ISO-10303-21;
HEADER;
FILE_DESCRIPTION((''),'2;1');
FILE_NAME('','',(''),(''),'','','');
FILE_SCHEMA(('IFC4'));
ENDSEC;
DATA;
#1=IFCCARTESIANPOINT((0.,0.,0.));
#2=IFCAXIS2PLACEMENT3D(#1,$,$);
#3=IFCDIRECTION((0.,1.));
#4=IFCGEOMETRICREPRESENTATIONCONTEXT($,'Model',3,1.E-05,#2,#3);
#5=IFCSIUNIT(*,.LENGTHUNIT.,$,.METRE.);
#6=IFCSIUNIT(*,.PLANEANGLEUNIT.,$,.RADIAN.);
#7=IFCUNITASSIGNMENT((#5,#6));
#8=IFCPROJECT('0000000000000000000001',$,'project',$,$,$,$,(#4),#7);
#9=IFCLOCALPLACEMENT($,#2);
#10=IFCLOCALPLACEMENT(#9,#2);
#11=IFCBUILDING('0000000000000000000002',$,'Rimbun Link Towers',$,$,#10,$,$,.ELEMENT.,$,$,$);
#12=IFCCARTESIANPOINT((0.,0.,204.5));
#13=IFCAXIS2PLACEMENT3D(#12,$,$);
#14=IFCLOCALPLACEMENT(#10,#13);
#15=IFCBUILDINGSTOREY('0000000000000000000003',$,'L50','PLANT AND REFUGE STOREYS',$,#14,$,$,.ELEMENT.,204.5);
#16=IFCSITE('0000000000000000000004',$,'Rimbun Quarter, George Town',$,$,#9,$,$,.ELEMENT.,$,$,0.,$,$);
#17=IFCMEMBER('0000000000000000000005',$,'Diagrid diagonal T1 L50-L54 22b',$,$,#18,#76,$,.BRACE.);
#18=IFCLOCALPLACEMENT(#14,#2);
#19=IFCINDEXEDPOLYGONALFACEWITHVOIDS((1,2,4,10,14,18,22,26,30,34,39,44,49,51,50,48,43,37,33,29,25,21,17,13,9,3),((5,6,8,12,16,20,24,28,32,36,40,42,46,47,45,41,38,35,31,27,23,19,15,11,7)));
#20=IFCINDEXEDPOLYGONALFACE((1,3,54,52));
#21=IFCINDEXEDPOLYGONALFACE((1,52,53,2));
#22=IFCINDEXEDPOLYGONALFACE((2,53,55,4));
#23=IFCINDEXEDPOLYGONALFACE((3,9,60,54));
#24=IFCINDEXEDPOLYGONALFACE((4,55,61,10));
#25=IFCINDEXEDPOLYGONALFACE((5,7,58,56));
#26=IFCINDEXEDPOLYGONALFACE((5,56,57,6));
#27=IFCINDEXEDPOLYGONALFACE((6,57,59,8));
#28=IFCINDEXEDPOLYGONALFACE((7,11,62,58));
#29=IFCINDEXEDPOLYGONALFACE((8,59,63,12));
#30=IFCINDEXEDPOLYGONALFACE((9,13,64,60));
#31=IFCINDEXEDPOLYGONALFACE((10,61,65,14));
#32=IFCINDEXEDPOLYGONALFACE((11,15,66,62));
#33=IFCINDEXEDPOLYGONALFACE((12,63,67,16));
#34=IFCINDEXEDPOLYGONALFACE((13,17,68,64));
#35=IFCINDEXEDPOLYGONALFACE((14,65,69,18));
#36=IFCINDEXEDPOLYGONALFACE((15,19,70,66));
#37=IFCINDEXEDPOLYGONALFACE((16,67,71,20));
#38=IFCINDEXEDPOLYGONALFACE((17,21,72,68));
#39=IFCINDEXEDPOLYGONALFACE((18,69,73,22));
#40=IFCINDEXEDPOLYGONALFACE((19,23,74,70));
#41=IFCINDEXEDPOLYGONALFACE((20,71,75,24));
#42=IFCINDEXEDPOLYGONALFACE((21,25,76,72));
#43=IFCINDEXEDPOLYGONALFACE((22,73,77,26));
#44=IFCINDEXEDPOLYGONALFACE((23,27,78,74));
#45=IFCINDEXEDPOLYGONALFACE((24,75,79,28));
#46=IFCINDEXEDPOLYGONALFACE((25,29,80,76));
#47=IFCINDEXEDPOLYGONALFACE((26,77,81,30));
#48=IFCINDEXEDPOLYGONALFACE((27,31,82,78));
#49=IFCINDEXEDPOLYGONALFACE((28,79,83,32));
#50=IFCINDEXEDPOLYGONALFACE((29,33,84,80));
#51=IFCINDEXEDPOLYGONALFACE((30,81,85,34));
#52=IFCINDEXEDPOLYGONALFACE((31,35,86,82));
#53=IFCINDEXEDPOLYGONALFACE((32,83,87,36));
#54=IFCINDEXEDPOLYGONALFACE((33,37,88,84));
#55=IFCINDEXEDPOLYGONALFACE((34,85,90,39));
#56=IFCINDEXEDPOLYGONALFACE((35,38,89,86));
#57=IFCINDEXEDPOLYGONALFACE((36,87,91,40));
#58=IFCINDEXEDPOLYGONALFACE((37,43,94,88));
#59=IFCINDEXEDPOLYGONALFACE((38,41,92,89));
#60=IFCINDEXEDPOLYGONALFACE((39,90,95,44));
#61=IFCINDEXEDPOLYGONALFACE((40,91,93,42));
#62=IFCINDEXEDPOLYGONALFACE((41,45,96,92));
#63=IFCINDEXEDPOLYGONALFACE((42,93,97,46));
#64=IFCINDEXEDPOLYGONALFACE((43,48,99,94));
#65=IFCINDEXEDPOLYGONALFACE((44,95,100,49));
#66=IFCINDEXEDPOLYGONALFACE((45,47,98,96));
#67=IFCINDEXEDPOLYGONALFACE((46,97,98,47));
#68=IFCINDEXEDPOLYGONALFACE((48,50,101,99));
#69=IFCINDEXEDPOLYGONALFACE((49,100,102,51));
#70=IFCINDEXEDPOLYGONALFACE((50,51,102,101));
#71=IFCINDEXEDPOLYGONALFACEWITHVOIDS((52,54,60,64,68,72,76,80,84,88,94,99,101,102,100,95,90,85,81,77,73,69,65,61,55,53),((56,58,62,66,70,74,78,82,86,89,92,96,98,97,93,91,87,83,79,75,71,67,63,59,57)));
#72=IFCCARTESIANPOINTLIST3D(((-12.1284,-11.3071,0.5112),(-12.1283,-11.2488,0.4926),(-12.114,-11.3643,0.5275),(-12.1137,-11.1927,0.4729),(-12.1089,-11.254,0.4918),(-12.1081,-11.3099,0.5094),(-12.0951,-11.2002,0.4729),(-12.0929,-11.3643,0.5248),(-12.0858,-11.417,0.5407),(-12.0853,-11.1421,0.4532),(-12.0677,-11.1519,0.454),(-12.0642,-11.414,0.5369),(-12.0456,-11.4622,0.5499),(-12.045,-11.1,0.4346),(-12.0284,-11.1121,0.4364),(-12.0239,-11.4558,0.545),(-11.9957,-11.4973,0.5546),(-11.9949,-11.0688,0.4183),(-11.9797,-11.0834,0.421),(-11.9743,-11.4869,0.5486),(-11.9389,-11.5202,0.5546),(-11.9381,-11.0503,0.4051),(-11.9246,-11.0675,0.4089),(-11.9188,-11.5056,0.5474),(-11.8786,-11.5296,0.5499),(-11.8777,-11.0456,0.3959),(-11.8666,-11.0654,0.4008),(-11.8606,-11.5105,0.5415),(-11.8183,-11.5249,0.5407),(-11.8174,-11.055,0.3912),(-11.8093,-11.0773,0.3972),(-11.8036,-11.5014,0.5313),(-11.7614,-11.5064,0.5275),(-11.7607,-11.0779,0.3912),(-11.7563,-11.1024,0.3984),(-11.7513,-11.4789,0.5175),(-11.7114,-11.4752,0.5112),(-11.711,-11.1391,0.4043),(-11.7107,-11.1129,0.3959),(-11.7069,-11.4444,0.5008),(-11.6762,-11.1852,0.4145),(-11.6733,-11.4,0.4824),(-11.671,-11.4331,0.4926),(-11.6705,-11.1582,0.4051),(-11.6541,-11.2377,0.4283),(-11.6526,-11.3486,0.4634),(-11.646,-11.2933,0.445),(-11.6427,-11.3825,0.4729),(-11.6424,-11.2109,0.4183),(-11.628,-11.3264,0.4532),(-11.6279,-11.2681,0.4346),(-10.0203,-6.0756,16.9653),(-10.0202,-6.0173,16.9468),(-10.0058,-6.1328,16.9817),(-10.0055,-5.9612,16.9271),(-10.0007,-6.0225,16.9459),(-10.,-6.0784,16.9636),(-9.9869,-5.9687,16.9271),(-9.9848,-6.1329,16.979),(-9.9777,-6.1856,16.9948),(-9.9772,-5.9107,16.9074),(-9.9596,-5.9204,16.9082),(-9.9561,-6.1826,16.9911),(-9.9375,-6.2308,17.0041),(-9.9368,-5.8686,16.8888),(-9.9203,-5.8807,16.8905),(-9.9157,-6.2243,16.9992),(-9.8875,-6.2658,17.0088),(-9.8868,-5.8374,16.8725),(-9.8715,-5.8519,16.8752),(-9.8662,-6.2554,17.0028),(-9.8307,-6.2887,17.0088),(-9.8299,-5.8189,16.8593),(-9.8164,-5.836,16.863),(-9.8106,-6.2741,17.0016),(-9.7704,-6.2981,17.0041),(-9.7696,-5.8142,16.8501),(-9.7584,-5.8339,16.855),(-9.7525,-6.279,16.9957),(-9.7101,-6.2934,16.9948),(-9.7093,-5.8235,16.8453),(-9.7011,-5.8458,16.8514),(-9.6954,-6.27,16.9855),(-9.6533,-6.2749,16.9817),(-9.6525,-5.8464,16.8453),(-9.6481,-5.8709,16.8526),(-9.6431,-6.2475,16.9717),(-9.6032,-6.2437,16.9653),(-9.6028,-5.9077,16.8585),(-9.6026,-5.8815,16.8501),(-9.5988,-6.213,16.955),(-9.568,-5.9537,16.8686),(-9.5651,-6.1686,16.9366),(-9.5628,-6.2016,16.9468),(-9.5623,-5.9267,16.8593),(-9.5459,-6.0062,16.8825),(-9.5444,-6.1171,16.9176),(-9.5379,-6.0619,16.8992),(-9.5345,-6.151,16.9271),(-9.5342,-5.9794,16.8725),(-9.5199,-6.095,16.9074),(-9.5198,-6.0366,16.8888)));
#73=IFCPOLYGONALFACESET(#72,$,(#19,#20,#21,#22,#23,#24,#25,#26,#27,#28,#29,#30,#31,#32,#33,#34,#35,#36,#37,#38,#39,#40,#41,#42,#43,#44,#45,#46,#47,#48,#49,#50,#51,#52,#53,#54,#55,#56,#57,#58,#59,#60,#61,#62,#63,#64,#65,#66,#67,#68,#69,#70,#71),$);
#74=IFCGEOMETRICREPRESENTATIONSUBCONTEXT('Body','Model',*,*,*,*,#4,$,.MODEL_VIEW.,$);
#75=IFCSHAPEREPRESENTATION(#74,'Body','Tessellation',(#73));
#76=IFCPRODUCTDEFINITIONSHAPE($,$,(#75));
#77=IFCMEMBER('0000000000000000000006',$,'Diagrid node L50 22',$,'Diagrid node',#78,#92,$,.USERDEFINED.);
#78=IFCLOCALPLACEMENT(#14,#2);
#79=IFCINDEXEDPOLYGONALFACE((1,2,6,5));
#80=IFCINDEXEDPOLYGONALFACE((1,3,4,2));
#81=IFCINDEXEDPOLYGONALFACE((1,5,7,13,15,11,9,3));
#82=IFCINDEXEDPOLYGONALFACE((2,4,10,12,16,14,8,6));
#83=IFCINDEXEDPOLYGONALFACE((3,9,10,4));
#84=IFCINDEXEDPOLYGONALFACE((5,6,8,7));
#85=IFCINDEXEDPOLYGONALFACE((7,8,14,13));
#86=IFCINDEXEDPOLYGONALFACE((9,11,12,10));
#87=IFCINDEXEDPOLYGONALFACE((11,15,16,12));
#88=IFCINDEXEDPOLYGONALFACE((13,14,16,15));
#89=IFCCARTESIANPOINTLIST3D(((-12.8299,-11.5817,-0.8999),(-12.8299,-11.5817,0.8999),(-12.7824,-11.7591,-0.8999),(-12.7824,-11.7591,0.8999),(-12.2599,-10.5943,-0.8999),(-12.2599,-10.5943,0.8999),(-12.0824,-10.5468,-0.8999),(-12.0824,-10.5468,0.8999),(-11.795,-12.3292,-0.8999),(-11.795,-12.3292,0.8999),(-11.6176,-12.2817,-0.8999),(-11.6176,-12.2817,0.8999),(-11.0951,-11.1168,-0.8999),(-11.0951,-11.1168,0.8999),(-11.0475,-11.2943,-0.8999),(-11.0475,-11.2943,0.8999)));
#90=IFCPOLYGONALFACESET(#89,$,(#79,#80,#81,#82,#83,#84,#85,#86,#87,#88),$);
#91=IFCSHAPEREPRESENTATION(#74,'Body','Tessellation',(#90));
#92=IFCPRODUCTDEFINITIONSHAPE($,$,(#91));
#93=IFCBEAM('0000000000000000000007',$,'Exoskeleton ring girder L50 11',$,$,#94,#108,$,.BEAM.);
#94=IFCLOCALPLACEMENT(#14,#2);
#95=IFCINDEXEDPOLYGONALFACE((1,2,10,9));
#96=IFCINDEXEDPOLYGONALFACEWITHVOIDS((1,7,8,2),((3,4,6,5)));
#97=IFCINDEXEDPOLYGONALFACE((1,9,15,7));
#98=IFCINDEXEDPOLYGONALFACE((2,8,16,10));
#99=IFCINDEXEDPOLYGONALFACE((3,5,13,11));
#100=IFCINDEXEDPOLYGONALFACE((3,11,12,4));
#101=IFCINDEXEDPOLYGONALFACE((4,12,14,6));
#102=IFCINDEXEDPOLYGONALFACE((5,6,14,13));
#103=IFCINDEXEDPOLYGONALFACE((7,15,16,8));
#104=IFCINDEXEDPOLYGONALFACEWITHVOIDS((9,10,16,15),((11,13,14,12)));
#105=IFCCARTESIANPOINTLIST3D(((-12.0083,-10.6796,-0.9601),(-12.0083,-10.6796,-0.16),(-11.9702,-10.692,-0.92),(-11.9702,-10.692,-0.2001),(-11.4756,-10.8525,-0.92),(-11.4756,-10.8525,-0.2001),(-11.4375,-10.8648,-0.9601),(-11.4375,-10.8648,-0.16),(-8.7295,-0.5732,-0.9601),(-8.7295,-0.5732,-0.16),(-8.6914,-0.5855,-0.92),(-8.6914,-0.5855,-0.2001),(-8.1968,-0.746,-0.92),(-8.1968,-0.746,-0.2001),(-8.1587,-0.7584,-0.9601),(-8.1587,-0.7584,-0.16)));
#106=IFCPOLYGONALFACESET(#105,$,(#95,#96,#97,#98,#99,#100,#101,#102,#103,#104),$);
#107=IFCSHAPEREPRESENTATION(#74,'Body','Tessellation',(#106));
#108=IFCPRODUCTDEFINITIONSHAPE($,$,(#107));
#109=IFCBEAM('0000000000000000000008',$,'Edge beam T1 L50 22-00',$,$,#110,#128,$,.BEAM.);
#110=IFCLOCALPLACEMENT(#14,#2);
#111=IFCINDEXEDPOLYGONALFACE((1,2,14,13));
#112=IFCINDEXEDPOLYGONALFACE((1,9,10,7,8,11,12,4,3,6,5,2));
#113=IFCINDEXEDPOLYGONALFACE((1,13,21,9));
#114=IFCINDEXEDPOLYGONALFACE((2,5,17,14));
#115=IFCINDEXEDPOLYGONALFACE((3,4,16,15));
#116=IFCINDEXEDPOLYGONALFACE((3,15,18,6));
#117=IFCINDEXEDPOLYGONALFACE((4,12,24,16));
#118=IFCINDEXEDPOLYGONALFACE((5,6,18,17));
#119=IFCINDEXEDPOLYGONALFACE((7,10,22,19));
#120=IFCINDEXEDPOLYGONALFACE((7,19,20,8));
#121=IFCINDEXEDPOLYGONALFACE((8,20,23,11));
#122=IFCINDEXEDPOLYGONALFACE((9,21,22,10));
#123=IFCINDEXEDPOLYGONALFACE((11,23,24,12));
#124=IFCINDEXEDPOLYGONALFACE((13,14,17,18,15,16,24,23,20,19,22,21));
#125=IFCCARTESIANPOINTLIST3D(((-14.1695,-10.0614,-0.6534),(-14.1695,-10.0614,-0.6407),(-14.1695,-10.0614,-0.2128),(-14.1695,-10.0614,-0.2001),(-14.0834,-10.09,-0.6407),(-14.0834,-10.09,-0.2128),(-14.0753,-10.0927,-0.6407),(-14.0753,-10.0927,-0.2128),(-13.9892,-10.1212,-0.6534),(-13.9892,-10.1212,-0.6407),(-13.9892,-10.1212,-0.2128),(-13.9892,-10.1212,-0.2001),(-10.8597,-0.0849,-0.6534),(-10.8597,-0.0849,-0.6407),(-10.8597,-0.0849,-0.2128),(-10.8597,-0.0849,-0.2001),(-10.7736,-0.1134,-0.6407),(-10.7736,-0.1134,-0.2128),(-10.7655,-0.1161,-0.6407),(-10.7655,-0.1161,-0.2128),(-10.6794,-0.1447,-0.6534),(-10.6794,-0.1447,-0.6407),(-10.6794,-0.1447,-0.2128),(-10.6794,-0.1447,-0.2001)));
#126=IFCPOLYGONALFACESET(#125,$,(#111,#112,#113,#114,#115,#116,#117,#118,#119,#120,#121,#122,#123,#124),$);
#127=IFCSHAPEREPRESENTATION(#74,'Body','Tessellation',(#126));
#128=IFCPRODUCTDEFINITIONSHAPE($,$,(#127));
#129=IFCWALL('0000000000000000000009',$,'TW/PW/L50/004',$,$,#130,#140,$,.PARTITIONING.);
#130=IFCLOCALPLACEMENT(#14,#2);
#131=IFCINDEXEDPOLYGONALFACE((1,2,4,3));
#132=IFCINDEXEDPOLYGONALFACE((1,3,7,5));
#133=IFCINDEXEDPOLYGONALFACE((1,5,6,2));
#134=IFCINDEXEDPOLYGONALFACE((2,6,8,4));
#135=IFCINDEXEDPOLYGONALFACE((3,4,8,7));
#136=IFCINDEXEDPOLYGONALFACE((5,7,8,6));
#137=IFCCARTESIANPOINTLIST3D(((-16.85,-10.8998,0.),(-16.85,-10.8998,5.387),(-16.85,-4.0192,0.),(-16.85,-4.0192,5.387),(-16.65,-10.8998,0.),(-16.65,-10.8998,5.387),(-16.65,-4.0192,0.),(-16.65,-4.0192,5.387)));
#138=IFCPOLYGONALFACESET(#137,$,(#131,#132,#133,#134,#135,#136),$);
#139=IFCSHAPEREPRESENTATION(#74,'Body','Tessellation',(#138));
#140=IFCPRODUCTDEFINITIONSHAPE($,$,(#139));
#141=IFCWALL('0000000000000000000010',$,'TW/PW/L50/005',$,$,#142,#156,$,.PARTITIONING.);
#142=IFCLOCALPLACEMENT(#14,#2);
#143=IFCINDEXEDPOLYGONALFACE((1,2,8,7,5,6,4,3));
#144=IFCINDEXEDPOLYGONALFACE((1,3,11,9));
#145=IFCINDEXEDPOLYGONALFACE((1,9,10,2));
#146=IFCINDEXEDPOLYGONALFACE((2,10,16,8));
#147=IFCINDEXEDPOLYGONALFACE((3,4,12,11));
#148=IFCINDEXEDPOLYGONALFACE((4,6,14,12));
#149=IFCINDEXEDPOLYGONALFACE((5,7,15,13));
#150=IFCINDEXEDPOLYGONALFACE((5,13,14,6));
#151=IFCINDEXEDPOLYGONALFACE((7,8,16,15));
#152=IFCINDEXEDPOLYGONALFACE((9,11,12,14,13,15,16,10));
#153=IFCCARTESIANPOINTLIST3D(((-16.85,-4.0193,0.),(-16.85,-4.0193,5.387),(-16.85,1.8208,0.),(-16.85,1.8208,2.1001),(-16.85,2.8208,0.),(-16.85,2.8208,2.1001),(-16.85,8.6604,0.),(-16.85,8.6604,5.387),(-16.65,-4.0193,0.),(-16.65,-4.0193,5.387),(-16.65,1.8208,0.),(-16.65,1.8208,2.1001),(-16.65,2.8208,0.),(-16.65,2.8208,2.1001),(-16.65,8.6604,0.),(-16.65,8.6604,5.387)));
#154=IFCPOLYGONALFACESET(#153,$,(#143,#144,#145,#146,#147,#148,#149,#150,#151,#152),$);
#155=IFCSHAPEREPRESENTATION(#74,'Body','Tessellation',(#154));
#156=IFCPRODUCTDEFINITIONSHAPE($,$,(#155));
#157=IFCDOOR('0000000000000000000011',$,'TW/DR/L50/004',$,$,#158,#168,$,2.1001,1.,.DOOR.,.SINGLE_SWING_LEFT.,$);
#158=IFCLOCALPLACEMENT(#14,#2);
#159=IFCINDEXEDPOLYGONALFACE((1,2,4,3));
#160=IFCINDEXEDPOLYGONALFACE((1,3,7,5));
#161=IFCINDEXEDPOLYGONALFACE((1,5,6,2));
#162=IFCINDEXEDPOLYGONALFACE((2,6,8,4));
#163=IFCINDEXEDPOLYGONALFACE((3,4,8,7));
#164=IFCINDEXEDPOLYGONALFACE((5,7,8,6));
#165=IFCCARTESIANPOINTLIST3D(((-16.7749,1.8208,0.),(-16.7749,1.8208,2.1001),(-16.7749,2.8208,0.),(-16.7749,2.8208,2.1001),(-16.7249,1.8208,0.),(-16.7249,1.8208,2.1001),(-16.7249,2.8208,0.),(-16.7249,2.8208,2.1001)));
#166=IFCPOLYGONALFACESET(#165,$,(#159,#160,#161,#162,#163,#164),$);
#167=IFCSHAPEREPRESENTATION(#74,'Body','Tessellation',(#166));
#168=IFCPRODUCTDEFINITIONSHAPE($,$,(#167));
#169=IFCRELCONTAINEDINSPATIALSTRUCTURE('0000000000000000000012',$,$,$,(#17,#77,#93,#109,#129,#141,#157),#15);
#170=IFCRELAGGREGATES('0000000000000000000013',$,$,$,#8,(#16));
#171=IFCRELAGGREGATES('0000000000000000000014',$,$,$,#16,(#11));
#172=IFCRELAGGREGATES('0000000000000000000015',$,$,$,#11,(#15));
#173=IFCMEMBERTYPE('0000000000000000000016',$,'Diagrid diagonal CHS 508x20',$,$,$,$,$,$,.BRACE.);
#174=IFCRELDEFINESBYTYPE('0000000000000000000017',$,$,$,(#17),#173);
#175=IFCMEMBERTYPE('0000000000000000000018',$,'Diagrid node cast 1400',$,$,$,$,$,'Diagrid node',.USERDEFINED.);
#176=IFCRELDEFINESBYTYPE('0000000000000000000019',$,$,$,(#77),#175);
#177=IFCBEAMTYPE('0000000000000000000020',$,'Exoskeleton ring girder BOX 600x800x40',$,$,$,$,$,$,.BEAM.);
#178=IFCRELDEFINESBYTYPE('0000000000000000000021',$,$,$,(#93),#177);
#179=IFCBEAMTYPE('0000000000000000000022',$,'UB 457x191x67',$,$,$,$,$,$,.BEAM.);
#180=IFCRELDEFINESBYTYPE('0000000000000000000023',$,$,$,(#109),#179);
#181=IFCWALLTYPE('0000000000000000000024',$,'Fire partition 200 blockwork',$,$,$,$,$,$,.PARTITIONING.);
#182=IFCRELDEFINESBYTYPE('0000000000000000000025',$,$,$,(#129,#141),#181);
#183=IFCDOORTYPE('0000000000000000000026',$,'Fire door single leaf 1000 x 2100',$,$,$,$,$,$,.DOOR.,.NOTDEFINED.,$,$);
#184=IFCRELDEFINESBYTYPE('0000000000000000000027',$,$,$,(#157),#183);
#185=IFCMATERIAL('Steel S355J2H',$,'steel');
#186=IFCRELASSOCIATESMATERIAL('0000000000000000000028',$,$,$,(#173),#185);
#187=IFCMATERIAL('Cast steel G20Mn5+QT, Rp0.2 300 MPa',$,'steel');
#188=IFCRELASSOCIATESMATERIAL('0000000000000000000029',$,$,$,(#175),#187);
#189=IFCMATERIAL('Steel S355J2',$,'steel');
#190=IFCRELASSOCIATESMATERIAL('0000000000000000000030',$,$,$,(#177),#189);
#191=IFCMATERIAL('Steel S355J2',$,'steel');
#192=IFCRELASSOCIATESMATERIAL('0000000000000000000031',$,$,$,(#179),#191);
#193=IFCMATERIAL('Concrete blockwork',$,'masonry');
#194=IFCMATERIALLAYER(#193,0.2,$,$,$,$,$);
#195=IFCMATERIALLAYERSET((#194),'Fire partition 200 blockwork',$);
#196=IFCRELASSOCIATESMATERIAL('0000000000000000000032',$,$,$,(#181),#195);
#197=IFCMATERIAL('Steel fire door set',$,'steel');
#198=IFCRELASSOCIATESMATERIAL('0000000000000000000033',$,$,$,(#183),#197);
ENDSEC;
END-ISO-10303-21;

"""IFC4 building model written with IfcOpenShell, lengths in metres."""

from ifc_helpers import new_model, si_unit, direction, frame, frame_2d, origin, origin_2d, place, context, subcontext, project, spatial, polyline, rectangle, hollow_rectangle, hollow_circle, i_section, outline, extrude, material, layer, layer_set, material_profile, profile_set, type_object, element, fill, save


model = new_model("IFC4")

# Units and contexts
model_context = context("Model", 3, precision=1e-05, world=origin(), true_north=direction((0.0, 1.0)))
body_context = subcontext(model_context, "Body", "Model", "MODEL_VIEW")
ifc_project = project(units=[si_unit("LENGTHUNIT", "METRE"), si_unit("PLANEANGLEUNIT", "RADIAN")], contexts=[model_context])

# Site, building, storey
site_placement = place(None, origin())
site = spatial("IfcSite", under=ifc_project, at=site_placement, Name="Rimbun Quarter, George Town", CompositionType="ELEMENT", RefElevation=0.0)
building_placement = place(site_placement, origin())
building = spatial("IfcBuilding", under=site, at=building_placement, Name="Rimbun Link Towers", CompositionType="ELEMENT")
storey_placement = place(building_placement, frame((0.0, 0.0, 204.5)))
storey = spatial("IfcBuildingStorey", under=building, at=storey_placement, Name="L50", Description="PLANT AND REFUGE STOREYS", CompositionType="ELEMENT", Elevation=204.5)

# Members
ifc_material_1 = material(Name="Steel S355J2H", Category="steel")
ifc_material_profile_1 = material_profile(ifc_material_1, hollow_circle(Radius=0.2539, WallThickness=0.02, at=origin_2d()), Name="Diagrid diagonal CHS 508x20")
ifc_profile_set_1 = profile_set([ifc_material_profile_1], Name="Steel S355J2H")
member_type_1 = type_object("IfcMemberType", Name="Diagrid diagonal CHS 508x20", PredefinedType="BRACE", material=ifc_profile_set_1)
member_1_placement = place(storey_placement, frame((-11.8782, -11.2876, 0.4729), z_axis=(0.1212, 0.300762, 0.945966), x_axis=(-0.927521, 0.37377, 0.0)))
element("IfcMember", 1, at=member_1_placement, inside=storey, type_object=member_type_1, Name="Diagrid diagonal T1 L50-L54 22b", PredefinedType="BRACE", context=body_context, shape_type="SweptSolid", body=[
    extrude(hollow_circle(Radius=0.2539, WallThickness=0.02, at=origin_2d()), origin(), (0.0, 0.0, 1.0), 17.394),
])
ifc_material_2 = material(Name="Cast steel G20Mn5+QT, Rp0.2 300 MPa", Category="steel")
ifc_material_profile_2 = material_profile(ifc_material_2, outline(polyline([(0.7, -0.5701), (0.7, 0.5701), (0.5701, 0.7), (-0.5701, 0.7), (-0.7, 0.5701), (-0.7, -0.5701), (-0.5701, -0.7), (0.5701, -0.7), (0.7, -0.5701)])), Name="NODE 1400x1400")
ifc_profile_set_2 = profile_set([ifc_material_profile_2], Name="Cast steel G20Mn5+QT, Rp0.2 300 MPa")
member_type_2 = type_object("IfcMemberType", Name="Diagrid node cast 1400", ElementType="Diagrid node", PredefinedType="USERDEFINED", material=ifc_profile_set_2)
member_2_placement = place(storey_placement, frame((-11.9387, -11.438, -0.8999), z_axis=(0.0, 0.0, 1.0), x_axis=(0.866025, -0.5, 0.0)))
element("IfcMember", 2, at=member_2_placement, inside=storey, type_object=member_type_2, Name="Diagrid node L50 22", ObjectType="Diagrid node", PredefinedType="USERDEFINED", context=body_context, shape_type="SweptSolid", body=[
    extrude(outline(polyline([(0.7, -0.5701), (0.7, 0.5701), (0.5701, 0.7), (-0.5701, 0.7), (-0.7, 0.5701), (-0.7, -0.5701), (-0.5701, -0.7), (0.5701, -0.7), (0.7, -0.5701)])), origin(), (0.0, 0.0, 1.0), 1.7998),
])

# Beams
ifc_material_3 = material(Name="Steel S355J2", Category="steel")
ifc_material_profile_3 = material_profile(ifc_material_3, hollow_rectangle(XDim=0.6001, YDim=0.8, WallThickness=0.04, at=origin_2d()), Name="Exoskeleton ring girder BOX 600x800x40")
ifc_profile_set_3 = profile_set([ifc_material_profile_3], Name="Steel S355J2")
beam_type_1 = type_object("IfcBeamType", Name="Exoskeleton ring girder BOX 600x800x40", PredefinedType="BEAM", material=ifc_profile_set_3)
beam_1_placement = place(storey_placement, frame((-11.7229, -10.7722, -0.5601), z_axis=(0.308593, 0.951194, 0.0), x_axis=(-0.951194, 0.308593, 0.0)))
element("IfcBeam", 3, at=beam_1_placement, inside=storey, type_object=beam_type_1, Name="Exoskeleton ring girder L50 11", PredefinedType="BEAM", context=body_context, shape_type="SweptSolid", body=[
    extrude(hollow_rectangle(XDim=0.6001, YDim=0.8, WallThickness=0.04, at=origin_2d()), origin(), (0.0, 0.0, 1.0), 10.625),
])
ifc_material_4 = material(Name="Steel S355J2", Category="steel")
ifc_material_profile_4 = material_profile(ifc_material_4, i_section(OverallWidth=0.1899, OverallDepth=0.4534, WebThickness=0.0085, FlangeThickness=0.0127, at=origin_2d()), Name="UB 457x191x67")
ifc_profile_set_4 = profile_set([ifc_material_profile_4], Name="Steel S355J2")
beam_type_2 = type_object("IfcBeamType", Name="UB 457x191x67", PredefinedType="BEAM", material=ifc_profile_set_4)
beam_2_placement = place(storey_placement, frame((-14.0793, -10.0913, -0.4268), z_axis=(0.314883, 0.949131, 0.0), x_axis=(-0.949131, 0.314883, 0.0)))
element("IfcBeam", 4, at=beam_2_placement, inside=storey, type_object=beam_type_2, Name="Edge beam T1 L50 22-00", PredefinedType="BEAM", context=body_context, shape_type="SweptSolid", body=[
    extrude(i_section(OverallWidth=0.1899, OverallDepth=0.4534, WebThickness=0.0085, FlangeThickness=0.0127, at=origin_2d()), origin(), (0.0, 0.0, 1.0), 10.5112),
])

# Wall
ifc_material_5 = material(Name="Concrete blockwork", Category="masonry")
ifc_layer = layer(ifc_material_5, 0.2)
ifc_layer_set = layer_set([ifc_layer], Name="Fire partition 200 blockwork")
wall_type = type_object("IfcWallType", Name="Fire partition 200 blockwork", PredefinedType="PARTITIONING", material=ifc_layer_set)
wall_1_placement = place(storey_placement, frame((-16.75, -10.8999, 0.0), z_axis=(0.0, 0.0, 1.0), x_axis=(0.0, 1.0, 0.0)))
element("IfcWall", 5, at=wall_1_placement, inside=storey, type_object=wall_type, Name="TW/PW/L50/004", PredefinedType="PARTITIONING", context=body_context, shape_type="SweptSolid", body=[
    extrude(rectangle(XDim=6.8806, YDim=0.2, at=frame_2d((3.4404, 0.0))), origin(), (0.0, 0.0, 1.0), 5.387),
])

# Wall, opening, door
wall_2_placement = place(storey_placement, frame((-16.75, -4.0193, 0.0), z_axis=(0.0, 0.0, 1.0), x_axis=(0.0, 1.0, 0.0)))
wall_2 = element("IfcWall", 6, at=wall_2_placement, inside=storey, type_object=wall_type, Name="TW/PW/L50/005", PredefinedType="PARTITIONING", context=body_context, shape_type="SweptSolid", body=[
    extrude(rectangle(XDim=12.6797, YDim=0.2, at=frame_2d((6.3398, 0.0))), origin(), (0.0, 0.0, 1.0), 5.387),
])
opening_placement = place(wall_2_placement, frame((5.8401, 0.0, 0.0)))
opening = element("IfcOpeningElement", 7, at=opening_placement, cuts=wall_2, PredefinedType="OPENING", context=body_context, shape_type="SweptSolid", body=[
    extrude(rectangle(XDim=1.0, YDim=2.1001, at=frame_2d((0.5, 1.05))), frame((0.0, 0.1099, 0.0), z_axis=(0.0, -1.0, 0.0), x_axis=(1.0, 0.0, 0.0)), (0.0, 0.0, 1.0), 0.22),
])
ifc_material_6 = material(Name="Steel fire door set", Category="steel")
door_type = type_object("IfcDoorType", Name="Fire door single leaf 1000 x 2100", OperationType="NOTDEFINED", PredefinedType="DOOR", material=ifc_material_6)
door_placement = place(opening_placement, origin())
door = element("IfcDoor", 8, at=door_placement, inside=storey, type_object=door_type, Name="TW/DR/L50/004", OperationType="SINGLE_SWING_LEFT", OverallHeight=2.1001, OverallWidth=1.0, PredefinedType="DOOR", context=body_context, shape_type="SweptSolid", body=[
    extrude(rectangle(XDim=1.0, YDim=2.1001, at=frame_2d((0.5, 1.05))), frame((0.0, 0.0249, 0.0), z_axis=(0.0, -1.0, 0.0), x_axis=(1.0, 0.0, 0.0)), (0.0, 0.0, 1.0), 0.05),
])
fill(opening, door)

save(model, "model.ifc")
